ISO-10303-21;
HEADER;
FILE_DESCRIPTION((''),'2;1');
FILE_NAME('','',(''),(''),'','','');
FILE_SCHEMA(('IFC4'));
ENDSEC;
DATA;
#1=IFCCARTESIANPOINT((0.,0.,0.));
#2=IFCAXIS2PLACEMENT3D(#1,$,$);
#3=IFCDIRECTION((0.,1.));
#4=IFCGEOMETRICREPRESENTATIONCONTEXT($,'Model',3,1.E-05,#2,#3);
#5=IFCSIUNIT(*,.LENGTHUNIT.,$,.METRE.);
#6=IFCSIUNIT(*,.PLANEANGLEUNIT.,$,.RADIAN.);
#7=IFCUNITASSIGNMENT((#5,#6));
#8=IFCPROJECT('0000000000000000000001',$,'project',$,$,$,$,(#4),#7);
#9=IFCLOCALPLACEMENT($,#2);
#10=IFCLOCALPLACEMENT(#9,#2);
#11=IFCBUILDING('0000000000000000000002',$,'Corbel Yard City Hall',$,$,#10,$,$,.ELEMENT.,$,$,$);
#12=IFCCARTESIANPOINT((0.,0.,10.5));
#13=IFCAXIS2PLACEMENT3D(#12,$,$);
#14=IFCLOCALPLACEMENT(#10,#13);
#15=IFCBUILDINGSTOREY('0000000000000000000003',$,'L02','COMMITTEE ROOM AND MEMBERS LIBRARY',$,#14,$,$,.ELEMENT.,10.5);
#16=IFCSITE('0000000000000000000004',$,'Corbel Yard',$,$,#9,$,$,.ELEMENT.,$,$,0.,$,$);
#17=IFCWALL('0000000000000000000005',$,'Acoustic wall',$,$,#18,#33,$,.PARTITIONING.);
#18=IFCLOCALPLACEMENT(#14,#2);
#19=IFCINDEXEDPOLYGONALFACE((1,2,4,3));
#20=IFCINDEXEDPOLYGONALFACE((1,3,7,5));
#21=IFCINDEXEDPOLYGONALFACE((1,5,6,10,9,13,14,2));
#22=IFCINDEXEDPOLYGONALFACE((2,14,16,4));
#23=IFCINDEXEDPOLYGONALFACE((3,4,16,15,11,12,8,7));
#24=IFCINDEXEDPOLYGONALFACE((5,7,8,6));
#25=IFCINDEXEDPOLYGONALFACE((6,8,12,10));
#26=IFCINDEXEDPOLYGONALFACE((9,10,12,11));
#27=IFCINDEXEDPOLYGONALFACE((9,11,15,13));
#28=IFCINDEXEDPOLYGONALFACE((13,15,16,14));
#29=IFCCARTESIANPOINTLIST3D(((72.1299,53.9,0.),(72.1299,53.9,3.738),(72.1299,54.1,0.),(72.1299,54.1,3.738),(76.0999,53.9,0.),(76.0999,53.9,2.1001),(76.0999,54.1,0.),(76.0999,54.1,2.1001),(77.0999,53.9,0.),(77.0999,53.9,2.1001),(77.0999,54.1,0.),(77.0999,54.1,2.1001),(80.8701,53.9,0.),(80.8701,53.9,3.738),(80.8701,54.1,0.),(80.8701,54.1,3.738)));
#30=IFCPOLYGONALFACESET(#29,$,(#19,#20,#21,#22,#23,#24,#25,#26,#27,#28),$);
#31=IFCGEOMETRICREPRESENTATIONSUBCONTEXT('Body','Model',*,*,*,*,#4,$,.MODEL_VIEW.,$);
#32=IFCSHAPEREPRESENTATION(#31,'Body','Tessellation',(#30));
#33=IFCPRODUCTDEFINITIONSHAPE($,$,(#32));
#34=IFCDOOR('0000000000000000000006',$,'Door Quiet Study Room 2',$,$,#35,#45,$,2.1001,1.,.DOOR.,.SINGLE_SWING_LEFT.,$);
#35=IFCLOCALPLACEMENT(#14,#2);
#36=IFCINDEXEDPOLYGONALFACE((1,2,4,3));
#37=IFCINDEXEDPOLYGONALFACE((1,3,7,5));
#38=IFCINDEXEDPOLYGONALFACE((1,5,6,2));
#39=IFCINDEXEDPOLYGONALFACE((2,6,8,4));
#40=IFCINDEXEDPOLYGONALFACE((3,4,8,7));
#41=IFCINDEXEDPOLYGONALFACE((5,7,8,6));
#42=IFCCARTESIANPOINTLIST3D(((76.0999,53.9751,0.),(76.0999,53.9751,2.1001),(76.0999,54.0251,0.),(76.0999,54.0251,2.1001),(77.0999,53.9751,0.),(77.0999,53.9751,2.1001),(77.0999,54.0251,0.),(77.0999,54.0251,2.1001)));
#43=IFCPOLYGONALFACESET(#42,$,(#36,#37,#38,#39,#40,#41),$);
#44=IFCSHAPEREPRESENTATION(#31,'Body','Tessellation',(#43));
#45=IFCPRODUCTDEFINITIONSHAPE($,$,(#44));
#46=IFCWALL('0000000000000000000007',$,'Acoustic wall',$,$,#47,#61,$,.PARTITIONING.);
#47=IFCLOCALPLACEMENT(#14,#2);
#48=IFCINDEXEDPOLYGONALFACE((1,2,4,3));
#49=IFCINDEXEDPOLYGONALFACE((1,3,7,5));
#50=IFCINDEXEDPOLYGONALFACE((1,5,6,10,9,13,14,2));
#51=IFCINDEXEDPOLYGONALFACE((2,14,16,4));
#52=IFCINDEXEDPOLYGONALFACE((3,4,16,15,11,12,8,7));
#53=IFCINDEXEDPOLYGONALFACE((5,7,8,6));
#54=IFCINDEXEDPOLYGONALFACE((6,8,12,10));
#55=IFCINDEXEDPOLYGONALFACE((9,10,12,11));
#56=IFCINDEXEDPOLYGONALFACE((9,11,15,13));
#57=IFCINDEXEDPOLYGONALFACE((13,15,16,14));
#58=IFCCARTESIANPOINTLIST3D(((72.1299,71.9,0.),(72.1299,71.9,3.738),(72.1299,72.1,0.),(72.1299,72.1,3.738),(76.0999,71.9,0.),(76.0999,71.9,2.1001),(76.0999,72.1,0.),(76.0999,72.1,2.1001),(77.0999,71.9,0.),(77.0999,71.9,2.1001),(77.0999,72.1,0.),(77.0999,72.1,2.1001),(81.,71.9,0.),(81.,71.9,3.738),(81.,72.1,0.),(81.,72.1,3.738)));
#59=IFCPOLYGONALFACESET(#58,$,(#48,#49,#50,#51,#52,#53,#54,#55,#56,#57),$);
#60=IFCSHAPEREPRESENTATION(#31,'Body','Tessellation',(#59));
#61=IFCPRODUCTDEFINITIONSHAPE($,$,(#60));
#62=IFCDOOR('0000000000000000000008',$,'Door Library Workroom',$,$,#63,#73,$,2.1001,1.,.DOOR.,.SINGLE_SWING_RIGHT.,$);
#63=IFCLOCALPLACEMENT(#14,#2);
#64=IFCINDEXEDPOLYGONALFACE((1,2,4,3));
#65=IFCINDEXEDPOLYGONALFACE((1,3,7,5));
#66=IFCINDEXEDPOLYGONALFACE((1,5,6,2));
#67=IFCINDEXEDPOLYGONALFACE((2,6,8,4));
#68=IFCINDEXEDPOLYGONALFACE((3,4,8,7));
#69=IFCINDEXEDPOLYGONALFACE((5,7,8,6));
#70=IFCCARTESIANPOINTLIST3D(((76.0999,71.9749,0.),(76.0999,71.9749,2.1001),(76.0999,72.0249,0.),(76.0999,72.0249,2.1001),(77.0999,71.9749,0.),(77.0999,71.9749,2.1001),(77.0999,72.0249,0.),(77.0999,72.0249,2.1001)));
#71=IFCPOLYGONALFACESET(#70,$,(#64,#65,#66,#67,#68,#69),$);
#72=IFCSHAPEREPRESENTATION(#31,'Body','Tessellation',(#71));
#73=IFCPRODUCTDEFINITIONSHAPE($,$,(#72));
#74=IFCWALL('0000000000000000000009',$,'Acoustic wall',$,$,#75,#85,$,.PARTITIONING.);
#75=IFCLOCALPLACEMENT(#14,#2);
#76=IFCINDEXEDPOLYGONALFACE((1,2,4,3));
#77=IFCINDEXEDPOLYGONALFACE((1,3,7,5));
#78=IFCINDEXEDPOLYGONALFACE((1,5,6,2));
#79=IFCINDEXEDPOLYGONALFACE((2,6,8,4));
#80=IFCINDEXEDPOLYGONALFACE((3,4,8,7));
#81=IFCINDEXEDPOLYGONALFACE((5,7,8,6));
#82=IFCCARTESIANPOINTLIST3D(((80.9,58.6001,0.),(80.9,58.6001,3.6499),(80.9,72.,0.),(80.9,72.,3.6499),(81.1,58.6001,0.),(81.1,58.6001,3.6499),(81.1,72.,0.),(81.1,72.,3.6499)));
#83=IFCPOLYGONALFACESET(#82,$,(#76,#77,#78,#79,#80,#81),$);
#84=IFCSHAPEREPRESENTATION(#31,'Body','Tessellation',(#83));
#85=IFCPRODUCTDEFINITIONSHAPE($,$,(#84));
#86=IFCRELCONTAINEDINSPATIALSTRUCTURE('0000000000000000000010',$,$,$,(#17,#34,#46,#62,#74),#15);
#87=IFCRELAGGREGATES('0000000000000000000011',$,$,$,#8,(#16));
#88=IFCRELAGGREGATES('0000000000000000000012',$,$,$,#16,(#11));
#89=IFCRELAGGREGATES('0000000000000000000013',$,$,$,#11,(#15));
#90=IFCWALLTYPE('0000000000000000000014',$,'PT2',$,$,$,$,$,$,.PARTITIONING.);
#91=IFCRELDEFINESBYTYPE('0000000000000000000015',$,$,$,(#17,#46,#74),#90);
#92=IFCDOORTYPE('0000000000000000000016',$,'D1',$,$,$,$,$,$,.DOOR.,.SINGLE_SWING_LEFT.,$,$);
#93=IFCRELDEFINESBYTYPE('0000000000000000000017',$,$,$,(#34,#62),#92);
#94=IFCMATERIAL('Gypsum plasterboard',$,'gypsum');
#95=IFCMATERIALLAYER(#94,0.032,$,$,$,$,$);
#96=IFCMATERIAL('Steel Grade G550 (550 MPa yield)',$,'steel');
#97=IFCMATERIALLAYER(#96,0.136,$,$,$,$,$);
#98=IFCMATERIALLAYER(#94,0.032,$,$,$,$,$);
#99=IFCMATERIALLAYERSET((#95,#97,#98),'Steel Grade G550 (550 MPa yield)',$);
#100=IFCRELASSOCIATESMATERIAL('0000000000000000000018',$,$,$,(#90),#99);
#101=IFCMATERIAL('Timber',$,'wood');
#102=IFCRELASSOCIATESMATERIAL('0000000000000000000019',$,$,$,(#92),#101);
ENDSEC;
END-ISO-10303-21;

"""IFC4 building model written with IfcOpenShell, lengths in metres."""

from ifc_helpers import new_model, si_unit, direction, frame, frame_2d, origin, place, context, subcontext, project, spatial, rectangle, extrude, material, layer, layer_set, type_object, element, fill, save


model = new_model("IFC4")

# Units and contexts
model_context = context("Model", 3, precision=1e-05, world=origin(), true_north=direction((0.0, 1.0)))
body_context = subcontext(model_context, "Body", "Model", "MODEL_VIEW")
ifc_project = project(units=[si_unit("LENGTHUNIT", "METRE"), si_unit("PLANEANGLEUNIT", "RADIAN")], contexts=[model_context])

# Site, building, storey
site_placement = place(None, origin())
site = spatial("IfcSite", under=ifc_project, at=site_placement, Name="Corbel Yard", CompositionType="ELEMENT", RefElevation=0.0)
building_placement = place(site_placement, origin())
building = spatial("IfcBuilding", under=site, at=building_placement, Name="Corbel Yard City Hall", CompositionType="ELEMENT")
storey_placement = place(building_placement, frame((0.0, 0.0, 10.5)))
storey = spatial("IfcBuildingStorey", under=building, at=storey_placement, Name="L02", Description="COMMITTEE ROOM AND MEMBERS LIBRARY", CompositionType="ELEMENT", Elevation=10.5)

# Shared definitions
ifc_material_1 = material(Name="Gypsum plasterboard", Category="gypsum")
ifc_material_2 = material(Name="Steel Grade G550 (550 MPa yield)", Category="steel")

# Walls, openings, doors
ifc_layer_1 = layer(ifc_material_1, 0.032)
ifc_layer_2 = layer(ifc_material_2, 0.136)
ifc_layer_3 = layer(ifc_material_1, 0.032)
ifc_layer_set_1 = layer_set([ifc_layer_1, ifc_layer_2, ifc_layer_3], Name="Steel Grade G550 (550 MPa yield)")
wall_type_1 = type_object("IfcWallType", Name="PT2", PredefinedType="PARTITIONING", material=ifc_layer_set_1)
wall_1_placement = place(storey_placement, frame((72.1299, 54.0, 0.0), z_axis=(0.0, 0.0, 1.0), x_axis=(1.0, 0.0, 0.0)))
wall_1 = element("IfcWall", 1, at=wall_1_placement, inside=storey, type_object=wall_type_1, Name="Acoustic wall", PredefinedType="PARTITIONING", context=body_context, shape_type="SweptSolid", body=[
    extrude(rectangle(XDim=8.7402, YDim=0.2, at=frame_2d((4.3701, 0.0))), origin(), (0.0, 0.0, 1.0), 3.738),
])
opening_1_placement = place(wall_1_placement, frame((3.97, 0.0, 0.0)))
opening_1 = element("IfcOpeningElement", 2, at=opening_1_placement, cuts=wall_1, PredefinedType="OPENING", context=body_context, shape_type="SweptSolid", body=[
    extrude(rectangle(XDim=1.0, YDim=2.1001, at=frame_2d((0.5, 1.05))), frame((0.0, 0.1099, 0.0), z_axis=(0.0, -1.0, 0.0), x_axis=(1.0, 0.0, 0.0)), (0.0, 0.0, 1.0), 0.22),
])
ifc_material_3 = material(Name="Timber", Category="wood")
door_type = type_object("IfcDoorType", Name="D1", OperationType="SINGLE_SWING_LEFT", PredefinedType="DOOR", material=ifc_material_3)
door_1_placement = place(opening_1_placement, frame((1.0, 0.0, 0.0), z_axis=(0.0, 0.0, 1.0), x_axis=(-1.0, 0.0, 0.0)))
door_1 = element("IfcDoor", 3, at=door_1_placement, inside=storey, type_object=door_type, Name="Door Quiet Study Room 2", OperationType="SINGLE_SWING_LEFT", OverallHeight=2.1001, OverallWidth=1.0, PredefinedType="DOOR", context=body_context, shape_type="SweptSolid", body=[
    extrude(rectangle(XDim=1.0, YDim=2.1001, at=frame_2d((0.5, 1.05))), frame((0.0, 0.0249, 0.0), z_axis=(0.0, -1.0, 0.0), x_axis=(1.0, 0.0, 0.0)), (0.0, 0.0, 1.0), 0.05),
])
fill(opening_1, door_1)
wall_2_placement = place(storey_placement, frame((72.1299, 72.0, 0.0), z_axis=(0.0, 0.0, 1.0), x_axis=(1.0, 0.0, 0.0)))
wall_2 = element("IfcWall", 4, at=wall_2_placement, inside=storey, type_object=wall_type_1, Name="Acoustic wall", PredefinedType="PARTITIONING", context=body_context, shape_type="SweptSolid", body=[
    extrude(rectangle(XDim=8.8701, YDim=0.2, at=frame_2d((4.4351, 0.0))), origin(), (0.0, 0.0, 1.0), 3.738),
])
opening_2_placement = place(wall_2_placement, frame((3.97, 0.0, 0.0)))
opening_2 = element("IfcOpeningElement", 5, at=opening_2_placement, cuts=wall_2, PredefinedType="OPENING", context=body_context, shape_type="SweptSolid", body=[
    extrude(rectangle(XDim=1.0, YDim=2.1001, at=frame_2d((0.5, 1.05))), frame((0.0, 0.1099, 0.0), z_axis=(0.0, -1.0, 0.0), x_axis=(1.0, 0.0, 0.0)), (0.0, 0.0, 1.0), 0.22),
])
door_2_placement = place(opening_2_placement, origin())
door_2 = element("IfcDoor", 6, at=door_2_placement, inside=storey, type_object=door_type, Name="Door Library Workroom", OperationType="SINGLE_SWING_RIGHT", OverallHeight=2.1001, OverallWidth=1.0, PredefinedType="DOOR", context=body_context, shape_type="SweptSolid", body=[
    extrude(rectangle(XDim=1.0, YDim=2.1001, at=frame_2d((0.5, 1.05))), frame((0.0, 0.0249, 0.0), z_axis=(0.0, -1.0, 0.0), x_axis=(1.0, 0.0, 0.0)), (0.0, 0.0, 1.0), 0.05),
])
fill(opening_2, door_2)

# Wall
wall_3_placement = place(storey_placement, frame((81.0, 58.6001, 0.0), z_axis=(0.0, 0.0, 1.0), x_axis=(0.0, 1.0, 0.0)))
element("IfcWall", 7, at=wall_3_placement, inside=storey, type_object=wall_type_1, Name="Acoustic wall", PredefinedType="PARTITIONING", context=body_context, shape_type="SweptSolid", body=[
    extrude(rectangle(XDim=13.3999, YDim=0.2, at=frame_2d((6.7, 0.0))), origin(), (0.0, 0.0, 1.0), 3.6499),
])

save(model, "model.ifc")
